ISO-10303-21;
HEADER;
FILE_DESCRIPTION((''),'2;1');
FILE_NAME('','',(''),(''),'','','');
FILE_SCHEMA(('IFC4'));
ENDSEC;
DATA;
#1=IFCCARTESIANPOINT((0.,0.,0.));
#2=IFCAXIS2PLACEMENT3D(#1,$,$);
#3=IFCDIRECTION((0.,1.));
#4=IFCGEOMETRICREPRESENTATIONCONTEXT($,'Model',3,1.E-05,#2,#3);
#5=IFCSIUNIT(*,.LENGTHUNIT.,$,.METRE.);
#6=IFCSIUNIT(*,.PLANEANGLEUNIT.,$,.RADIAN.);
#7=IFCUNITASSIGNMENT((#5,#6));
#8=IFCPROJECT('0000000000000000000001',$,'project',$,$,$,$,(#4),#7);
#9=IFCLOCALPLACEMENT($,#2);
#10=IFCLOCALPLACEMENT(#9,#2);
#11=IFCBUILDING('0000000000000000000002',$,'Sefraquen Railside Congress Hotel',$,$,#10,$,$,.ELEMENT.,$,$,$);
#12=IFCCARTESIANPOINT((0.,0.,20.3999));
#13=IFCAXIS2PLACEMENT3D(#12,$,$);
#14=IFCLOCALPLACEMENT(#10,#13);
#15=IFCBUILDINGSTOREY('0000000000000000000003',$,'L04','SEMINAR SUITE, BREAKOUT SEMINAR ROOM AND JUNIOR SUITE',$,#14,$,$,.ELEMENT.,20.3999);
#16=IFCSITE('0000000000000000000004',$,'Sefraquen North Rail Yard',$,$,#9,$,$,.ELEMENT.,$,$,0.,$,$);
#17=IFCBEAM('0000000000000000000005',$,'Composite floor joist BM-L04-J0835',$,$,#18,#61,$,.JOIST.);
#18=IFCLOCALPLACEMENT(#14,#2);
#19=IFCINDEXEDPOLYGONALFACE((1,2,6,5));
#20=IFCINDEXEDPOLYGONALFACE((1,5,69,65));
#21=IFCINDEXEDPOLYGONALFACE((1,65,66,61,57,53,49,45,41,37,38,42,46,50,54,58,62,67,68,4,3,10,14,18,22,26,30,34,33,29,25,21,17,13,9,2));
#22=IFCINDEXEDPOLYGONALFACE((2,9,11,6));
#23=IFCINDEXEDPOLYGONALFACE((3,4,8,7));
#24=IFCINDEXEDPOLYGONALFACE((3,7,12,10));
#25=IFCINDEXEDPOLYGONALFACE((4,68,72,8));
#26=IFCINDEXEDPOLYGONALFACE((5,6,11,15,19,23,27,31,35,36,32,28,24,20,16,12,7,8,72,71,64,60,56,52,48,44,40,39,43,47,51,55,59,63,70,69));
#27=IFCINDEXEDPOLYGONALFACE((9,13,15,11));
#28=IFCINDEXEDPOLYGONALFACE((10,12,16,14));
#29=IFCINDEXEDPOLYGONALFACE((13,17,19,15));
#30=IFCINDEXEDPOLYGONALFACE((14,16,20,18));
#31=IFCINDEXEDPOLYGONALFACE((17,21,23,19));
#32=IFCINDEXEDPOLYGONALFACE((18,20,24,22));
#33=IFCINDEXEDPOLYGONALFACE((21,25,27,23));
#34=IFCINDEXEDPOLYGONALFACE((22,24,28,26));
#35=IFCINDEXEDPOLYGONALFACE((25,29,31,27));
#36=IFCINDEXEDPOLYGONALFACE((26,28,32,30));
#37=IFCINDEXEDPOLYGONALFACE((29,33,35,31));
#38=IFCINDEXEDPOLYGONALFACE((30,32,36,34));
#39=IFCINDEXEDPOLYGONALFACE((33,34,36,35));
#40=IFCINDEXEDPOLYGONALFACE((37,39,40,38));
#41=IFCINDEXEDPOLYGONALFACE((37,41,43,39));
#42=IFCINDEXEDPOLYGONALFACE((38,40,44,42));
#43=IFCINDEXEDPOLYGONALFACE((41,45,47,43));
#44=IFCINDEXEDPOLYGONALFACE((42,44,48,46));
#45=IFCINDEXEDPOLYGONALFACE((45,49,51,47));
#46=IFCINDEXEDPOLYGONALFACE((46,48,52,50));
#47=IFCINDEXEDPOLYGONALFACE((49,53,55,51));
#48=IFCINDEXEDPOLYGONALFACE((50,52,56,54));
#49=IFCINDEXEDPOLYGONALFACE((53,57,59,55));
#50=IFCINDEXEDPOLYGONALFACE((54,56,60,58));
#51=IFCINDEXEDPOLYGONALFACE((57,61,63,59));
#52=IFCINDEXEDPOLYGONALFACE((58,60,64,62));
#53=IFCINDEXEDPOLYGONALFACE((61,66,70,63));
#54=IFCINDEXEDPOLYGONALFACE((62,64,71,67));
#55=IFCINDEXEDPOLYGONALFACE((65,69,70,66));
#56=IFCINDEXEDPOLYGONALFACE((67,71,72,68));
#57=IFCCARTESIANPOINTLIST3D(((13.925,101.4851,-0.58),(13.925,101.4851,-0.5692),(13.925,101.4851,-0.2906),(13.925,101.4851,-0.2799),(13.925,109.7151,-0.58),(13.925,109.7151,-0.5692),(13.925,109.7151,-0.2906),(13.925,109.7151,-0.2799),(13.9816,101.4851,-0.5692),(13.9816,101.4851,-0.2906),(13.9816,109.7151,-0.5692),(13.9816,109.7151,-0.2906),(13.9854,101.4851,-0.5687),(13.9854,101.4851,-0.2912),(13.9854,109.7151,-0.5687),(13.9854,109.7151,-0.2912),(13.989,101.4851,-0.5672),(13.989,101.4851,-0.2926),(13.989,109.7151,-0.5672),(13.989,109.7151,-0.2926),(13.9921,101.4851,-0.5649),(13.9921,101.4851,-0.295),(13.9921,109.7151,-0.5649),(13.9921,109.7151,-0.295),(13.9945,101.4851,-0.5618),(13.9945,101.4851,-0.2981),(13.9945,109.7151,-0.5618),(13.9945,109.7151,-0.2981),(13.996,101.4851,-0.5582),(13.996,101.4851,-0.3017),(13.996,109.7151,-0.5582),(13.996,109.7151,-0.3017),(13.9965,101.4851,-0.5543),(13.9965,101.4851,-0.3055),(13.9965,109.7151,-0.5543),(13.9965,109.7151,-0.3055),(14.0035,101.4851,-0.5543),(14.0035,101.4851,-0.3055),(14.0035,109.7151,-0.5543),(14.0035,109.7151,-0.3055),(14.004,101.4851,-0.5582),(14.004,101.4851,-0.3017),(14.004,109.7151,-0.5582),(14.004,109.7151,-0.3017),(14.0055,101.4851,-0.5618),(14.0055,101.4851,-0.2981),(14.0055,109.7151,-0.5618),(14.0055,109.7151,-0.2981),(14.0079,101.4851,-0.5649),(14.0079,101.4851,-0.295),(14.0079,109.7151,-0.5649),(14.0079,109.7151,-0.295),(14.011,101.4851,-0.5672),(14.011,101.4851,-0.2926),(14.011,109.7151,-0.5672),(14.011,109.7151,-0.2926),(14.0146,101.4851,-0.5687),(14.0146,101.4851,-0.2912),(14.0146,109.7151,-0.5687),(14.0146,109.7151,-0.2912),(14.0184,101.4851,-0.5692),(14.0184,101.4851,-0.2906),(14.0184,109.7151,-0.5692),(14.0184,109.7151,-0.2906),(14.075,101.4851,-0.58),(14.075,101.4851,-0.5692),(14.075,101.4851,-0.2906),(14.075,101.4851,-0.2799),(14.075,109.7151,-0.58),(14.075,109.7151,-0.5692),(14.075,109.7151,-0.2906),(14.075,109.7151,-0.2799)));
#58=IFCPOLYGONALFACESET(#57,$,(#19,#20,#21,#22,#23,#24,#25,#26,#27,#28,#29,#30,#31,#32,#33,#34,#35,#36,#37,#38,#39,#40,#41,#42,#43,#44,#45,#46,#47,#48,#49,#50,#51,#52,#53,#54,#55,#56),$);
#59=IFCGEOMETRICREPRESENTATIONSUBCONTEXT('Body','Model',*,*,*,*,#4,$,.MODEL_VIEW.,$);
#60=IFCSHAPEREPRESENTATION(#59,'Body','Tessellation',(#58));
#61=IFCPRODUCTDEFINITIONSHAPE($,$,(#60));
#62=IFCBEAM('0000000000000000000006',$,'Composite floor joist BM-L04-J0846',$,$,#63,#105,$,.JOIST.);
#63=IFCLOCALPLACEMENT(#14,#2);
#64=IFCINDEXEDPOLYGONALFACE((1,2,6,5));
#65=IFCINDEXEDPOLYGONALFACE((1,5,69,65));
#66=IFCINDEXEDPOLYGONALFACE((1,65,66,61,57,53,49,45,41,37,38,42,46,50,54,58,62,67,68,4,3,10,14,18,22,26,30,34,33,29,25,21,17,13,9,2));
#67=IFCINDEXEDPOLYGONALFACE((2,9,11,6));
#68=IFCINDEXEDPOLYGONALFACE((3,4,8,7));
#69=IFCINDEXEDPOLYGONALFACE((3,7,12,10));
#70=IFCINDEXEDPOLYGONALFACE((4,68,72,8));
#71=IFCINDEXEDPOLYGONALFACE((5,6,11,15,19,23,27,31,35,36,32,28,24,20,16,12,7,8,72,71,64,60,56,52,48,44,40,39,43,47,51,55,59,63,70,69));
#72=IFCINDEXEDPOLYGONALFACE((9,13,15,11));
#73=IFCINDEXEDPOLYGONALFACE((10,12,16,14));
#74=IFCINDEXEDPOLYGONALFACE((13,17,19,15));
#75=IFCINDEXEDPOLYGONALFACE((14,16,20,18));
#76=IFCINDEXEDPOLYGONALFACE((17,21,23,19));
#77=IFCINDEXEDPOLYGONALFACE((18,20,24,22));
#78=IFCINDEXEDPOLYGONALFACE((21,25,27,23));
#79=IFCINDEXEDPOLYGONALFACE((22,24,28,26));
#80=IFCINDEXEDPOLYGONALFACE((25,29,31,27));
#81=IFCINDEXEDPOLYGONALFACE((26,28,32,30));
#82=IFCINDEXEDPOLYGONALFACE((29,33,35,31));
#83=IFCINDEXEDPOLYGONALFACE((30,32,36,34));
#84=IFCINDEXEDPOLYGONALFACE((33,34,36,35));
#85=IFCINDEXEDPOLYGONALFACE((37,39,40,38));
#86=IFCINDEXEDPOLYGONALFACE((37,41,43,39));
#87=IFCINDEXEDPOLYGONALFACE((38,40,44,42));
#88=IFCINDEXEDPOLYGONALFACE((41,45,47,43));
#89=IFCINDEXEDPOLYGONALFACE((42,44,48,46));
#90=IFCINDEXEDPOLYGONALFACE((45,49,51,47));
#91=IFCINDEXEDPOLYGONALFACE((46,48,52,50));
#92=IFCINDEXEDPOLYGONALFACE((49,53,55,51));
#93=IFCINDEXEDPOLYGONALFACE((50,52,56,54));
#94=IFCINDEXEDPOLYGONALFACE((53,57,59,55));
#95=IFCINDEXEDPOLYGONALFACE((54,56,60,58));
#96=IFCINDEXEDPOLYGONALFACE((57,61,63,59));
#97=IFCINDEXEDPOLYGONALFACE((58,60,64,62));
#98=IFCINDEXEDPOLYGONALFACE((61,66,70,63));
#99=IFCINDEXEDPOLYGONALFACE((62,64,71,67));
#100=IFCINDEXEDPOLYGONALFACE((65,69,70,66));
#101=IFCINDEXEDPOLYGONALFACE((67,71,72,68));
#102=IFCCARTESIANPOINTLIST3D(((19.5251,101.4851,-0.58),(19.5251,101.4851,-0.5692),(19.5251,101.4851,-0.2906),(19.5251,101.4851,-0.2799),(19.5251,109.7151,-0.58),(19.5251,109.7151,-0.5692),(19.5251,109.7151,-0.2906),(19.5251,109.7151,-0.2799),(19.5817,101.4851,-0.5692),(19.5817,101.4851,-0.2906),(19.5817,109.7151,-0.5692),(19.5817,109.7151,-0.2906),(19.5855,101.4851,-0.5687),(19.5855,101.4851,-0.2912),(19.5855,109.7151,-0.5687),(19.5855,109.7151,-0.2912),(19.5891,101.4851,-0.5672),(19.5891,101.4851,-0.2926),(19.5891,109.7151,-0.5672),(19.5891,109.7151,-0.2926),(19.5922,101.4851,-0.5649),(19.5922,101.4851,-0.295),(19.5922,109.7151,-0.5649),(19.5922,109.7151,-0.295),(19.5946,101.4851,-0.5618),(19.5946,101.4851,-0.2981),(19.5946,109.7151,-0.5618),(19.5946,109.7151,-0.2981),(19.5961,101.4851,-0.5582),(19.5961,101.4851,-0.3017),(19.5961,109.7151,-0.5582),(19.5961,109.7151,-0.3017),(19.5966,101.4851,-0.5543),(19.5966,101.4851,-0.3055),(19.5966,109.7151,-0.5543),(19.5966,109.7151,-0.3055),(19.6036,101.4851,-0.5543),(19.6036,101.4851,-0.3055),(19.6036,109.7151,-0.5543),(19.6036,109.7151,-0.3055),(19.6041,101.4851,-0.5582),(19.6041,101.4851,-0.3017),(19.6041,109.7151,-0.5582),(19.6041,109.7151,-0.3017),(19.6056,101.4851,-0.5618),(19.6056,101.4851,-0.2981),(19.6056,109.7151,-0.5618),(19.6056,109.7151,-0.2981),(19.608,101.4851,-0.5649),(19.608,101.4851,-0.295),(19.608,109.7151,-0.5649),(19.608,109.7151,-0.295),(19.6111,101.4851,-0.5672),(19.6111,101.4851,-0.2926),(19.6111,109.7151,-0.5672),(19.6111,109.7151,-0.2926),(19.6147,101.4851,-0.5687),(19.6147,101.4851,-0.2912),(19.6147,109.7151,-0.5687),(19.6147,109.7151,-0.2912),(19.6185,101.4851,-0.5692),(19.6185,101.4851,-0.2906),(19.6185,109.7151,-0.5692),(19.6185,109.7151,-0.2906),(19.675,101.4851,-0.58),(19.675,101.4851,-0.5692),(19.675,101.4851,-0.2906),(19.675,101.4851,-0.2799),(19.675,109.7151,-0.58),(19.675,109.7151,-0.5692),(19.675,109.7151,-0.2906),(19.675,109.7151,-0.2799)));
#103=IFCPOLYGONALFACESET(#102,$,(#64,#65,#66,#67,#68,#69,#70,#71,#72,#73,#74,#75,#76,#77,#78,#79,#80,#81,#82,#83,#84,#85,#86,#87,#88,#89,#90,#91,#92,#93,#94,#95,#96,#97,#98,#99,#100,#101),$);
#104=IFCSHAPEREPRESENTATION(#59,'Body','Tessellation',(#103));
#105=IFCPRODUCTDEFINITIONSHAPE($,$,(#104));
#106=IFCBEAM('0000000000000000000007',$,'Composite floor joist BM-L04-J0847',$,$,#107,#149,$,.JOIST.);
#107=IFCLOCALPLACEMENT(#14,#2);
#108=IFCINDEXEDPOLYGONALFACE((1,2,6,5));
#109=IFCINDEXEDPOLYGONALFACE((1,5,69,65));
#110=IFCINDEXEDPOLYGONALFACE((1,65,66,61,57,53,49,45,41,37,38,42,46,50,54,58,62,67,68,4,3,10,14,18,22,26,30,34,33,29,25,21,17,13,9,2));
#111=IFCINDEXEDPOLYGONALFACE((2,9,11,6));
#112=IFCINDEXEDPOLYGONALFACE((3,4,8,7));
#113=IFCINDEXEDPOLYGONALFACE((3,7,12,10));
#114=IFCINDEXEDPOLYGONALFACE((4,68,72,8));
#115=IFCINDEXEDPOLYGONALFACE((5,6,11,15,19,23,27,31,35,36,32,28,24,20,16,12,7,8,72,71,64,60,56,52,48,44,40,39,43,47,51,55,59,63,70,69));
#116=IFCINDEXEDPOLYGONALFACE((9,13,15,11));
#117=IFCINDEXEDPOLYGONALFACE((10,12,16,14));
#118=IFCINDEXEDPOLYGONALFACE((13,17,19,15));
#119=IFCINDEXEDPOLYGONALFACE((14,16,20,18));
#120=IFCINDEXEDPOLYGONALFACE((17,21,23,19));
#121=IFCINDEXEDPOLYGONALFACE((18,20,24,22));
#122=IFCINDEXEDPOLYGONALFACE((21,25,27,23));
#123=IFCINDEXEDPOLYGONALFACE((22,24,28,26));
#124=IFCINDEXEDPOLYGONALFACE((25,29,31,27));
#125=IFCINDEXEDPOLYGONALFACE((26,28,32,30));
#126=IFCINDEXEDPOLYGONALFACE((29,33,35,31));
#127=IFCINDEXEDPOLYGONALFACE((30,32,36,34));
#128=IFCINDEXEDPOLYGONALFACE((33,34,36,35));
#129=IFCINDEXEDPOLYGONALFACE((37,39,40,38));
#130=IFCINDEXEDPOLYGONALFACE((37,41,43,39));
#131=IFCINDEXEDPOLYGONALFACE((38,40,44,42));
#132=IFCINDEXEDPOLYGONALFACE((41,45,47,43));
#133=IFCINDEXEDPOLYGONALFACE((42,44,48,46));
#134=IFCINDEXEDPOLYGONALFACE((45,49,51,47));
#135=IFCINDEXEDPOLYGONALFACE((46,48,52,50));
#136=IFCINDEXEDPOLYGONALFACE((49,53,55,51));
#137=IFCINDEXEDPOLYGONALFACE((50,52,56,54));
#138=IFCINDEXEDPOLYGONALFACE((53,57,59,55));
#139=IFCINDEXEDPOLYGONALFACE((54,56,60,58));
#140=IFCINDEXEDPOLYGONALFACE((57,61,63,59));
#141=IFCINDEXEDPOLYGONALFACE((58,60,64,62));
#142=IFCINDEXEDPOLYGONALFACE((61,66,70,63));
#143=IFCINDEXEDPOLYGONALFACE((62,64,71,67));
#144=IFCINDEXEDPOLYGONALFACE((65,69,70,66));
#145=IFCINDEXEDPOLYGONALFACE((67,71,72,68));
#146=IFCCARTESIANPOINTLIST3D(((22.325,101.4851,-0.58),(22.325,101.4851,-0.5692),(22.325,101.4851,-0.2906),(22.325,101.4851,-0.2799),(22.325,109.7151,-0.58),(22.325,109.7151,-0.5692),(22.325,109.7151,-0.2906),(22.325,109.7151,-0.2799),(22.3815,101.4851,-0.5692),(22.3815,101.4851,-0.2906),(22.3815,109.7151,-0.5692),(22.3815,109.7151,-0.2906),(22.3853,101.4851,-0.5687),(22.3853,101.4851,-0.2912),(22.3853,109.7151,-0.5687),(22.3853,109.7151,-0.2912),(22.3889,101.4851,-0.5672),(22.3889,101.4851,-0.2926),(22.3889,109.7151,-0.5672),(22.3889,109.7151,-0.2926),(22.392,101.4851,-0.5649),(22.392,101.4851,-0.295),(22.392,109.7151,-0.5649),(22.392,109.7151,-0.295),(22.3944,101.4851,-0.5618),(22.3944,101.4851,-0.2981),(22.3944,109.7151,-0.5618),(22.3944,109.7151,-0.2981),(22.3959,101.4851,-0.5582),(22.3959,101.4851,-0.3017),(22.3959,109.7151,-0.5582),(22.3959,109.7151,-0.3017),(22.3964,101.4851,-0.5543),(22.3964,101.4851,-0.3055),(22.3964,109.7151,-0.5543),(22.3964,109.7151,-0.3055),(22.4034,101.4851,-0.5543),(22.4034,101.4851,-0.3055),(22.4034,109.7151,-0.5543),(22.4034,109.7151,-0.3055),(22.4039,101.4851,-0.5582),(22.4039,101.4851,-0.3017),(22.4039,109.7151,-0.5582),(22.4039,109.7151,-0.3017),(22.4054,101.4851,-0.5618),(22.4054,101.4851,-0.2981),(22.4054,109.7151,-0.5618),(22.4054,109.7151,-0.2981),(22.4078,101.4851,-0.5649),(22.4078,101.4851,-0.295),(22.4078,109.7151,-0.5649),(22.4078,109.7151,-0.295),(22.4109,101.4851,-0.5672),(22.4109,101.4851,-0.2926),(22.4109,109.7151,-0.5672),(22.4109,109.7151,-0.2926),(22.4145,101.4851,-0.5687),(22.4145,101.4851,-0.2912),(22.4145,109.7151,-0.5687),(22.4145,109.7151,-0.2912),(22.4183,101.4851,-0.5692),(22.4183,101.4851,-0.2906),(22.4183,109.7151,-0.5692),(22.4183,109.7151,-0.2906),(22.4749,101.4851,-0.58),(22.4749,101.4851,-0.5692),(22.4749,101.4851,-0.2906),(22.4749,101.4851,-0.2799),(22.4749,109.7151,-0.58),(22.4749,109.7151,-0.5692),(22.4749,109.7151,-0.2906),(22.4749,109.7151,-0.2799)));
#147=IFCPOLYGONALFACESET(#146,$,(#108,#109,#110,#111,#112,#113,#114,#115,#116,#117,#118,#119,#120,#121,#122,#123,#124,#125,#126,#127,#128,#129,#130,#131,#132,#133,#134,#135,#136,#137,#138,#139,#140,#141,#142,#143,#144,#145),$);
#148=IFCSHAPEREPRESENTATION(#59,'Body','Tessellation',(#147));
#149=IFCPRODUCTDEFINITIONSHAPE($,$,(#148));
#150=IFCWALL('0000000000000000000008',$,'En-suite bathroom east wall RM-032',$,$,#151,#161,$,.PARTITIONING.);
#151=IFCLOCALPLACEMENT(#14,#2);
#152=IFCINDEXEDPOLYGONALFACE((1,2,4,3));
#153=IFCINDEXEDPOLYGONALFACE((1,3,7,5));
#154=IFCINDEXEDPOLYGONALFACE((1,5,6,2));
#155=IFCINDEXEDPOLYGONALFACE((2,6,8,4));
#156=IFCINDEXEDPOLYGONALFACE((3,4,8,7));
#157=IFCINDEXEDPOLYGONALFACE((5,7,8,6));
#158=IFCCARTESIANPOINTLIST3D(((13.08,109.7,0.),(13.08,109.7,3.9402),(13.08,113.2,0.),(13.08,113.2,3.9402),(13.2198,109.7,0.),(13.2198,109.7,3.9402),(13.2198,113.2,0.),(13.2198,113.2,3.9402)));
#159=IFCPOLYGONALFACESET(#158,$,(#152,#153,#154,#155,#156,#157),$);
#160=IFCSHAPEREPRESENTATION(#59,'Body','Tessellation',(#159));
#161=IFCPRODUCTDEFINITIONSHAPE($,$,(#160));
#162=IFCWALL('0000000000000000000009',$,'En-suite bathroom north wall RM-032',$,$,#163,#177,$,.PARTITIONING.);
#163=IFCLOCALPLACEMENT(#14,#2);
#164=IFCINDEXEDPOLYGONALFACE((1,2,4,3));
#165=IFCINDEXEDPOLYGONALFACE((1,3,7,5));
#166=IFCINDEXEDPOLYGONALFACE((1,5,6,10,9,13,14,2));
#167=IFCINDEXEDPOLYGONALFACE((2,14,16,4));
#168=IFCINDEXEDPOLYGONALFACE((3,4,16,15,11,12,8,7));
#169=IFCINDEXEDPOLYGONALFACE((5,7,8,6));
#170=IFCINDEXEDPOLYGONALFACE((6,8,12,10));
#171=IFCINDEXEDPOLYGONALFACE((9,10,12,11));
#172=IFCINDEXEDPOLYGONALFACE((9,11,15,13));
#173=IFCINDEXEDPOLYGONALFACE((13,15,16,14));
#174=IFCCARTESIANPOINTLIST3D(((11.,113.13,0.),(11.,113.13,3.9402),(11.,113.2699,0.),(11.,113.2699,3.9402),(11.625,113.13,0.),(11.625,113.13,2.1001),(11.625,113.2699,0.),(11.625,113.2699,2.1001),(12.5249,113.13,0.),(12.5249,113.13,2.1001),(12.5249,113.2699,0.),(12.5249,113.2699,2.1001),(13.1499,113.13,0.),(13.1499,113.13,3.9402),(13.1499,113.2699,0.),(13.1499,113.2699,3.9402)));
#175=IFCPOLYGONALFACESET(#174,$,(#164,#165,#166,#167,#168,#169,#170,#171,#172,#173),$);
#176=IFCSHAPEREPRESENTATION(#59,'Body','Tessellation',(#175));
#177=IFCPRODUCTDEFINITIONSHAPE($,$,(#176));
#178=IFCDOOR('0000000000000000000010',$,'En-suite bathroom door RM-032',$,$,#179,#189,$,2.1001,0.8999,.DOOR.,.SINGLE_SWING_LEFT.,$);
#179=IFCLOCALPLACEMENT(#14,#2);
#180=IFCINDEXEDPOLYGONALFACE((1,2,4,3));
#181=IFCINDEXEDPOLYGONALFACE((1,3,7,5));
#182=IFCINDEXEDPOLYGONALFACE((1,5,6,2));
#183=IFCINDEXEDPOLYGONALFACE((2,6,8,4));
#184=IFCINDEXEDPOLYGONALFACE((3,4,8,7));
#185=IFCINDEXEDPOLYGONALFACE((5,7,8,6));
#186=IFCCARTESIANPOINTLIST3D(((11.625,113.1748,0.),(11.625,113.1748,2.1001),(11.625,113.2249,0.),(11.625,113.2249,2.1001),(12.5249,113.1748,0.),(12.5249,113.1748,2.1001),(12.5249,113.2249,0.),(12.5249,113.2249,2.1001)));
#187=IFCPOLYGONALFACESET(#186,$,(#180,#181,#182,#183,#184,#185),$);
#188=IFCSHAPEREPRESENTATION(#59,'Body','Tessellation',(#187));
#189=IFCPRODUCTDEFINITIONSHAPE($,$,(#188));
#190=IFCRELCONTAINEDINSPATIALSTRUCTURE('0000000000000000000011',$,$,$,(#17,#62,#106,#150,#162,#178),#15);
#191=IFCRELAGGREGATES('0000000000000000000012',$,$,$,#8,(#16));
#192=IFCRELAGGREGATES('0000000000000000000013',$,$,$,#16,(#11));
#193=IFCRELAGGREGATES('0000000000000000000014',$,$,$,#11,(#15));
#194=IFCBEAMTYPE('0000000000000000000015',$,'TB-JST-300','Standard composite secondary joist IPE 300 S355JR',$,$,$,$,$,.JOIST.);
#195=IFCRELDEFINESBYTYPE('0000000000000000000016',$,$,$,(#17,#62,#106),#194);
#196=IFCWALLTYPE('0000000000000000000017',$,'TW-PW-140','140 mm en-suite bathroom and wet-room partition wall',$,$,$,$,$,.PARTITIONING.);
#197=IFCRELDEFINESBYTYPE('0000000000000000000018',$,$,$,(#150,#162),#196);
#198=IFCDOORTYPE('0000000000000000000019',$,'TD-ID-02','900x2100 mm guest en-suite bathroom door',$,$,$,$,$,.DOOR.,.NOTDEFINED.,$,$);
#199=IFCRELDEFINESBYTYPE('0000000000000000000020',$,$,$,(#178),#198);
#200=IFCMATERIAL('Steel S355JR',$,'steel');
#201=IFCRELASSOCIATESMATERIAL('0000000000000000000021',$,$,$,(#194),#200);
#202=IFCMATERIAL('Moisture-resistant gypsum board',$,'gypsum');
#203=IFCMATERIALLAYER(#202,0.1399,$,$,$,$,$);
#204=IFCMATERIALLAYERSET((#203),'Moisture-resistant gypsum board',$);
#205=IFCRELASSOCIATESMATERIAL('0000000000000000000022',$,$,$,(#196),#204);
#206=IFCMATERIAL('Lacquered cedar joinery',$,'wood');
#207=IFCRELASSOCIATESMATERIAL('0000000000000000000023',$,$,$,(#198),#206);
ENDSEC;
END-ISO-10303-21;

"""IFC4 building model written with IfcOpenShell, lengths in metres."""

from ifc_helpers import new_model, si_unit, direction, frame, frame_2d, origin, origin_2d, place, context, subcontext, project, spatial, rectangle, i_section, extrude, material, layer, layer_set, material_profile, profile_set, type_object, element, fill, save


model = new_model("IFC4")

# Units and contexts
model_context = context("Model", 3, precision=1e-05, world=origin(), true_north=direction((0.0, 1.0)))
body_context = subcontext(model_context, "Body", "Model", "MODEL_VIEW")
ifc_project = project(units=[si_unit("LENGTHUNIT", "METRE"), si_unit("PLANEANGLEUNIT", "RADIAN")], contexts=[model_context])

# Site, building, storey
site_placement = place(None, origin())
site = spatial("IfcSite", under=ifc_project, at=site_placement, Name="Sefraquen North Rail Yard", CompositionType="ELEMENT", RefElevation=0.0)
building_placement = place(site_placement, origin())
building = spatial("IfcBuilding", under=site, at=building_placement, Name="Sefraquen Railside Congress Hotel", CompositionType="ELEMENT")
storey_placement = place(building_placement, frame((0.0, 0.0, 20.3999)))
storey = spatial("IfcBuildingStorey", under=building, at=storey_placement, Name="L04", Description="SEMINAR SUITE, BREAKOUT SEMINAR ROOM AND JUNIOR SUITE", CompositionType="ELEMENT", Elevation=20.3999)

# Shared definitions
ifc_material_1 = material(Name="Steel S355JR", Category="steel")

# Beams
ifc_material_profile_1 = material_profile(ifc_material_1, i_section(OverallWidth=0.1499, OverallDepth=0.3, WebThickness=0.0071, FlangeThickness=0.0107, FilletRadius=0.0149, at=origin_2d()), Name="IPE 300")
ifc_profile_set_1 = profile_set([ifc_material_profile_1], Name="Steel S355JR")
beam_type_1 = type_object("IfcBeamType", Name="TB-JST-300", Description="Standard composite secondary joist IPE 300 S355JR", PredefinedType="JOIST", material=ifc_profile_set_1)
for number, where, z_axis, x_axis, name in (
    (1, (14.0, 101.4851, -0.4299), (0.0, 1.0, 0.0), (-1.0, 0.0, 0.0), "Composite floor joist BM-L04-J0835"),
    (2, (19.6001, 101.4851, -0.4299), (0.0, 1.0, 0.0), (-1.0, 0.0, 0.0), "Composite floor joist BM-L04-J0846"),
    (3, (22.3999, 101.4851, -0.4299), (0.0, 1.0, 0.0), (-1.0, 0.0, 0.0), "Composite floor joist BM-L04-J0847"),
):
    element("IfcBeam", number, at=place(storey_placement, frame(where, z_axis=z_axis, x_axis=x_axis)), inside=storey, type_object=beam_type_1, Name=name, PredefinedType="JOIST", context=body_context, shape_type="SweptSolid", body=[
        extrude(i_section(OverallWidth=0.1499, OverallDepth=0.3, WebThickness=0.0071, FlangeThickness=0.0107, FilletRadius=0.0149, at=origin_2d()), origin(), (0.0, 0.0, 1.0), 8.23),
    ])

# Wall
ifc_material_2 = material(Name="Moisture-resistant gypsum board", Category="gypsum")
ifc_layer_1 = layer(ifc_material_2, 0.1399)
ifc_layer_set_1 = layer_set([ifc_layer_1], Name="Moisture-resistant gypsum board")
wall_type_1 = type_object("IfcWallType", Name="TW-PW-140", Description="140 mm en-suite bathroom and wet-room partition wall", PredefinedType="PARTITIONING", material=ifc_layer_set_1)
wall_1_placement = place(storey_placement, frame((13.1499, 109.7, 0.0), z_axis=(0.0, 0.0, 1.0), x_axis=(0.0, 1.0, 0.0)))
element("IfcWall", 4, at=wall_1_placement, inside=storey, type_object=wall_type_1, Name="En-suite bathroom east wall RM-032", PredefinedType="PARTITIONING", context=body_context, shape_type="SweptSolid", body=[
    extrude(rectangle(XDim=3.5, YDim=0.1399, at=frame_2d((1.75, 0.0))), origin(), (0.0, 0.0, 1.0), 3.9402),
])

# Wall, opening, door
wall_2_placement = place(storey_placement, frame((11.0, 113.2, 0.0), z_axis=(0.0, 0.0, 1.0), x_axis=(1.0, 0.0, 0.0)))
wall_2 = element("IfcWall", 5, at=wall_2_placement, inside=storey, type_object=wall_type_1, Name="En-suite bathroom north wall RM-032", PredefinedType="PARTITIONING", context=body_context, shape_type="SweptSolid", body=[
    extrude(rectangle(XDim=2.1499, YDim=0.1399, at=frame_2d((1.075, 0.0))), origin(), (0.0, 0.0, 1.0), 3.9402),
])
opening_1_placement = place(wall_2_placement, frame((0.625, 0.0, 0.0)))
opening_1 = element("IfcOpeningElement", 6, at=opening_1_placement, cuts=wall_2, PredefinedType="OPENING", context=body_context, shape_type="SweptSolid", body=[
    extrude(rectangle(XDim=0.8999, YDim=2.1001, at=frame_2d((0.45, 1.05))), frame((0.0, 0.0798, 0.0), z_axis=(0.0, -1.0, 0.0), x_axis=(1.0, 0.0, 0.0)), (0.0, 0.0, 1.0), 0.1599),
])
ifc_material_3 = material(Name="Lacquered cedar joinery", Category="wood")
door_type_1 = type_object("IfcDoorType", Name="TD-ID-02", Description="900x2100 mm guest en-suite bathroom door", OperationType="NOTDEFINED", PredefinedType="DOOR", material=ifc_material_3)
door_1_placement = place(opening_1_placement, origin())
door_1 = element("IfcDoor", 7, at=door_1_placement, inside=storey, type_object=door_type_1, Name="En-suite bathroom door RM-032", OperationType="SINGLE_SWING_LEFT", OverallHeight=2.1001, OverallWidth=0.8999, PredefinedType="DOOR", context=body_context, shape_type="SweptSolid", body=[
    extrude(rectangle(XDim=0.8999, YDim=2.1001, at=frame_2d((0.45, 1.05))), frame((0.0, 0.0249, 0.0), z_axis=(0.0, -1.0, 0.0), x_axis=(1.0, 0.0, 0.0)), (0.0, 0.0, 1.0), 0.05),
])
fill(opening_1, door_1)

save(model, "model.ifc")
